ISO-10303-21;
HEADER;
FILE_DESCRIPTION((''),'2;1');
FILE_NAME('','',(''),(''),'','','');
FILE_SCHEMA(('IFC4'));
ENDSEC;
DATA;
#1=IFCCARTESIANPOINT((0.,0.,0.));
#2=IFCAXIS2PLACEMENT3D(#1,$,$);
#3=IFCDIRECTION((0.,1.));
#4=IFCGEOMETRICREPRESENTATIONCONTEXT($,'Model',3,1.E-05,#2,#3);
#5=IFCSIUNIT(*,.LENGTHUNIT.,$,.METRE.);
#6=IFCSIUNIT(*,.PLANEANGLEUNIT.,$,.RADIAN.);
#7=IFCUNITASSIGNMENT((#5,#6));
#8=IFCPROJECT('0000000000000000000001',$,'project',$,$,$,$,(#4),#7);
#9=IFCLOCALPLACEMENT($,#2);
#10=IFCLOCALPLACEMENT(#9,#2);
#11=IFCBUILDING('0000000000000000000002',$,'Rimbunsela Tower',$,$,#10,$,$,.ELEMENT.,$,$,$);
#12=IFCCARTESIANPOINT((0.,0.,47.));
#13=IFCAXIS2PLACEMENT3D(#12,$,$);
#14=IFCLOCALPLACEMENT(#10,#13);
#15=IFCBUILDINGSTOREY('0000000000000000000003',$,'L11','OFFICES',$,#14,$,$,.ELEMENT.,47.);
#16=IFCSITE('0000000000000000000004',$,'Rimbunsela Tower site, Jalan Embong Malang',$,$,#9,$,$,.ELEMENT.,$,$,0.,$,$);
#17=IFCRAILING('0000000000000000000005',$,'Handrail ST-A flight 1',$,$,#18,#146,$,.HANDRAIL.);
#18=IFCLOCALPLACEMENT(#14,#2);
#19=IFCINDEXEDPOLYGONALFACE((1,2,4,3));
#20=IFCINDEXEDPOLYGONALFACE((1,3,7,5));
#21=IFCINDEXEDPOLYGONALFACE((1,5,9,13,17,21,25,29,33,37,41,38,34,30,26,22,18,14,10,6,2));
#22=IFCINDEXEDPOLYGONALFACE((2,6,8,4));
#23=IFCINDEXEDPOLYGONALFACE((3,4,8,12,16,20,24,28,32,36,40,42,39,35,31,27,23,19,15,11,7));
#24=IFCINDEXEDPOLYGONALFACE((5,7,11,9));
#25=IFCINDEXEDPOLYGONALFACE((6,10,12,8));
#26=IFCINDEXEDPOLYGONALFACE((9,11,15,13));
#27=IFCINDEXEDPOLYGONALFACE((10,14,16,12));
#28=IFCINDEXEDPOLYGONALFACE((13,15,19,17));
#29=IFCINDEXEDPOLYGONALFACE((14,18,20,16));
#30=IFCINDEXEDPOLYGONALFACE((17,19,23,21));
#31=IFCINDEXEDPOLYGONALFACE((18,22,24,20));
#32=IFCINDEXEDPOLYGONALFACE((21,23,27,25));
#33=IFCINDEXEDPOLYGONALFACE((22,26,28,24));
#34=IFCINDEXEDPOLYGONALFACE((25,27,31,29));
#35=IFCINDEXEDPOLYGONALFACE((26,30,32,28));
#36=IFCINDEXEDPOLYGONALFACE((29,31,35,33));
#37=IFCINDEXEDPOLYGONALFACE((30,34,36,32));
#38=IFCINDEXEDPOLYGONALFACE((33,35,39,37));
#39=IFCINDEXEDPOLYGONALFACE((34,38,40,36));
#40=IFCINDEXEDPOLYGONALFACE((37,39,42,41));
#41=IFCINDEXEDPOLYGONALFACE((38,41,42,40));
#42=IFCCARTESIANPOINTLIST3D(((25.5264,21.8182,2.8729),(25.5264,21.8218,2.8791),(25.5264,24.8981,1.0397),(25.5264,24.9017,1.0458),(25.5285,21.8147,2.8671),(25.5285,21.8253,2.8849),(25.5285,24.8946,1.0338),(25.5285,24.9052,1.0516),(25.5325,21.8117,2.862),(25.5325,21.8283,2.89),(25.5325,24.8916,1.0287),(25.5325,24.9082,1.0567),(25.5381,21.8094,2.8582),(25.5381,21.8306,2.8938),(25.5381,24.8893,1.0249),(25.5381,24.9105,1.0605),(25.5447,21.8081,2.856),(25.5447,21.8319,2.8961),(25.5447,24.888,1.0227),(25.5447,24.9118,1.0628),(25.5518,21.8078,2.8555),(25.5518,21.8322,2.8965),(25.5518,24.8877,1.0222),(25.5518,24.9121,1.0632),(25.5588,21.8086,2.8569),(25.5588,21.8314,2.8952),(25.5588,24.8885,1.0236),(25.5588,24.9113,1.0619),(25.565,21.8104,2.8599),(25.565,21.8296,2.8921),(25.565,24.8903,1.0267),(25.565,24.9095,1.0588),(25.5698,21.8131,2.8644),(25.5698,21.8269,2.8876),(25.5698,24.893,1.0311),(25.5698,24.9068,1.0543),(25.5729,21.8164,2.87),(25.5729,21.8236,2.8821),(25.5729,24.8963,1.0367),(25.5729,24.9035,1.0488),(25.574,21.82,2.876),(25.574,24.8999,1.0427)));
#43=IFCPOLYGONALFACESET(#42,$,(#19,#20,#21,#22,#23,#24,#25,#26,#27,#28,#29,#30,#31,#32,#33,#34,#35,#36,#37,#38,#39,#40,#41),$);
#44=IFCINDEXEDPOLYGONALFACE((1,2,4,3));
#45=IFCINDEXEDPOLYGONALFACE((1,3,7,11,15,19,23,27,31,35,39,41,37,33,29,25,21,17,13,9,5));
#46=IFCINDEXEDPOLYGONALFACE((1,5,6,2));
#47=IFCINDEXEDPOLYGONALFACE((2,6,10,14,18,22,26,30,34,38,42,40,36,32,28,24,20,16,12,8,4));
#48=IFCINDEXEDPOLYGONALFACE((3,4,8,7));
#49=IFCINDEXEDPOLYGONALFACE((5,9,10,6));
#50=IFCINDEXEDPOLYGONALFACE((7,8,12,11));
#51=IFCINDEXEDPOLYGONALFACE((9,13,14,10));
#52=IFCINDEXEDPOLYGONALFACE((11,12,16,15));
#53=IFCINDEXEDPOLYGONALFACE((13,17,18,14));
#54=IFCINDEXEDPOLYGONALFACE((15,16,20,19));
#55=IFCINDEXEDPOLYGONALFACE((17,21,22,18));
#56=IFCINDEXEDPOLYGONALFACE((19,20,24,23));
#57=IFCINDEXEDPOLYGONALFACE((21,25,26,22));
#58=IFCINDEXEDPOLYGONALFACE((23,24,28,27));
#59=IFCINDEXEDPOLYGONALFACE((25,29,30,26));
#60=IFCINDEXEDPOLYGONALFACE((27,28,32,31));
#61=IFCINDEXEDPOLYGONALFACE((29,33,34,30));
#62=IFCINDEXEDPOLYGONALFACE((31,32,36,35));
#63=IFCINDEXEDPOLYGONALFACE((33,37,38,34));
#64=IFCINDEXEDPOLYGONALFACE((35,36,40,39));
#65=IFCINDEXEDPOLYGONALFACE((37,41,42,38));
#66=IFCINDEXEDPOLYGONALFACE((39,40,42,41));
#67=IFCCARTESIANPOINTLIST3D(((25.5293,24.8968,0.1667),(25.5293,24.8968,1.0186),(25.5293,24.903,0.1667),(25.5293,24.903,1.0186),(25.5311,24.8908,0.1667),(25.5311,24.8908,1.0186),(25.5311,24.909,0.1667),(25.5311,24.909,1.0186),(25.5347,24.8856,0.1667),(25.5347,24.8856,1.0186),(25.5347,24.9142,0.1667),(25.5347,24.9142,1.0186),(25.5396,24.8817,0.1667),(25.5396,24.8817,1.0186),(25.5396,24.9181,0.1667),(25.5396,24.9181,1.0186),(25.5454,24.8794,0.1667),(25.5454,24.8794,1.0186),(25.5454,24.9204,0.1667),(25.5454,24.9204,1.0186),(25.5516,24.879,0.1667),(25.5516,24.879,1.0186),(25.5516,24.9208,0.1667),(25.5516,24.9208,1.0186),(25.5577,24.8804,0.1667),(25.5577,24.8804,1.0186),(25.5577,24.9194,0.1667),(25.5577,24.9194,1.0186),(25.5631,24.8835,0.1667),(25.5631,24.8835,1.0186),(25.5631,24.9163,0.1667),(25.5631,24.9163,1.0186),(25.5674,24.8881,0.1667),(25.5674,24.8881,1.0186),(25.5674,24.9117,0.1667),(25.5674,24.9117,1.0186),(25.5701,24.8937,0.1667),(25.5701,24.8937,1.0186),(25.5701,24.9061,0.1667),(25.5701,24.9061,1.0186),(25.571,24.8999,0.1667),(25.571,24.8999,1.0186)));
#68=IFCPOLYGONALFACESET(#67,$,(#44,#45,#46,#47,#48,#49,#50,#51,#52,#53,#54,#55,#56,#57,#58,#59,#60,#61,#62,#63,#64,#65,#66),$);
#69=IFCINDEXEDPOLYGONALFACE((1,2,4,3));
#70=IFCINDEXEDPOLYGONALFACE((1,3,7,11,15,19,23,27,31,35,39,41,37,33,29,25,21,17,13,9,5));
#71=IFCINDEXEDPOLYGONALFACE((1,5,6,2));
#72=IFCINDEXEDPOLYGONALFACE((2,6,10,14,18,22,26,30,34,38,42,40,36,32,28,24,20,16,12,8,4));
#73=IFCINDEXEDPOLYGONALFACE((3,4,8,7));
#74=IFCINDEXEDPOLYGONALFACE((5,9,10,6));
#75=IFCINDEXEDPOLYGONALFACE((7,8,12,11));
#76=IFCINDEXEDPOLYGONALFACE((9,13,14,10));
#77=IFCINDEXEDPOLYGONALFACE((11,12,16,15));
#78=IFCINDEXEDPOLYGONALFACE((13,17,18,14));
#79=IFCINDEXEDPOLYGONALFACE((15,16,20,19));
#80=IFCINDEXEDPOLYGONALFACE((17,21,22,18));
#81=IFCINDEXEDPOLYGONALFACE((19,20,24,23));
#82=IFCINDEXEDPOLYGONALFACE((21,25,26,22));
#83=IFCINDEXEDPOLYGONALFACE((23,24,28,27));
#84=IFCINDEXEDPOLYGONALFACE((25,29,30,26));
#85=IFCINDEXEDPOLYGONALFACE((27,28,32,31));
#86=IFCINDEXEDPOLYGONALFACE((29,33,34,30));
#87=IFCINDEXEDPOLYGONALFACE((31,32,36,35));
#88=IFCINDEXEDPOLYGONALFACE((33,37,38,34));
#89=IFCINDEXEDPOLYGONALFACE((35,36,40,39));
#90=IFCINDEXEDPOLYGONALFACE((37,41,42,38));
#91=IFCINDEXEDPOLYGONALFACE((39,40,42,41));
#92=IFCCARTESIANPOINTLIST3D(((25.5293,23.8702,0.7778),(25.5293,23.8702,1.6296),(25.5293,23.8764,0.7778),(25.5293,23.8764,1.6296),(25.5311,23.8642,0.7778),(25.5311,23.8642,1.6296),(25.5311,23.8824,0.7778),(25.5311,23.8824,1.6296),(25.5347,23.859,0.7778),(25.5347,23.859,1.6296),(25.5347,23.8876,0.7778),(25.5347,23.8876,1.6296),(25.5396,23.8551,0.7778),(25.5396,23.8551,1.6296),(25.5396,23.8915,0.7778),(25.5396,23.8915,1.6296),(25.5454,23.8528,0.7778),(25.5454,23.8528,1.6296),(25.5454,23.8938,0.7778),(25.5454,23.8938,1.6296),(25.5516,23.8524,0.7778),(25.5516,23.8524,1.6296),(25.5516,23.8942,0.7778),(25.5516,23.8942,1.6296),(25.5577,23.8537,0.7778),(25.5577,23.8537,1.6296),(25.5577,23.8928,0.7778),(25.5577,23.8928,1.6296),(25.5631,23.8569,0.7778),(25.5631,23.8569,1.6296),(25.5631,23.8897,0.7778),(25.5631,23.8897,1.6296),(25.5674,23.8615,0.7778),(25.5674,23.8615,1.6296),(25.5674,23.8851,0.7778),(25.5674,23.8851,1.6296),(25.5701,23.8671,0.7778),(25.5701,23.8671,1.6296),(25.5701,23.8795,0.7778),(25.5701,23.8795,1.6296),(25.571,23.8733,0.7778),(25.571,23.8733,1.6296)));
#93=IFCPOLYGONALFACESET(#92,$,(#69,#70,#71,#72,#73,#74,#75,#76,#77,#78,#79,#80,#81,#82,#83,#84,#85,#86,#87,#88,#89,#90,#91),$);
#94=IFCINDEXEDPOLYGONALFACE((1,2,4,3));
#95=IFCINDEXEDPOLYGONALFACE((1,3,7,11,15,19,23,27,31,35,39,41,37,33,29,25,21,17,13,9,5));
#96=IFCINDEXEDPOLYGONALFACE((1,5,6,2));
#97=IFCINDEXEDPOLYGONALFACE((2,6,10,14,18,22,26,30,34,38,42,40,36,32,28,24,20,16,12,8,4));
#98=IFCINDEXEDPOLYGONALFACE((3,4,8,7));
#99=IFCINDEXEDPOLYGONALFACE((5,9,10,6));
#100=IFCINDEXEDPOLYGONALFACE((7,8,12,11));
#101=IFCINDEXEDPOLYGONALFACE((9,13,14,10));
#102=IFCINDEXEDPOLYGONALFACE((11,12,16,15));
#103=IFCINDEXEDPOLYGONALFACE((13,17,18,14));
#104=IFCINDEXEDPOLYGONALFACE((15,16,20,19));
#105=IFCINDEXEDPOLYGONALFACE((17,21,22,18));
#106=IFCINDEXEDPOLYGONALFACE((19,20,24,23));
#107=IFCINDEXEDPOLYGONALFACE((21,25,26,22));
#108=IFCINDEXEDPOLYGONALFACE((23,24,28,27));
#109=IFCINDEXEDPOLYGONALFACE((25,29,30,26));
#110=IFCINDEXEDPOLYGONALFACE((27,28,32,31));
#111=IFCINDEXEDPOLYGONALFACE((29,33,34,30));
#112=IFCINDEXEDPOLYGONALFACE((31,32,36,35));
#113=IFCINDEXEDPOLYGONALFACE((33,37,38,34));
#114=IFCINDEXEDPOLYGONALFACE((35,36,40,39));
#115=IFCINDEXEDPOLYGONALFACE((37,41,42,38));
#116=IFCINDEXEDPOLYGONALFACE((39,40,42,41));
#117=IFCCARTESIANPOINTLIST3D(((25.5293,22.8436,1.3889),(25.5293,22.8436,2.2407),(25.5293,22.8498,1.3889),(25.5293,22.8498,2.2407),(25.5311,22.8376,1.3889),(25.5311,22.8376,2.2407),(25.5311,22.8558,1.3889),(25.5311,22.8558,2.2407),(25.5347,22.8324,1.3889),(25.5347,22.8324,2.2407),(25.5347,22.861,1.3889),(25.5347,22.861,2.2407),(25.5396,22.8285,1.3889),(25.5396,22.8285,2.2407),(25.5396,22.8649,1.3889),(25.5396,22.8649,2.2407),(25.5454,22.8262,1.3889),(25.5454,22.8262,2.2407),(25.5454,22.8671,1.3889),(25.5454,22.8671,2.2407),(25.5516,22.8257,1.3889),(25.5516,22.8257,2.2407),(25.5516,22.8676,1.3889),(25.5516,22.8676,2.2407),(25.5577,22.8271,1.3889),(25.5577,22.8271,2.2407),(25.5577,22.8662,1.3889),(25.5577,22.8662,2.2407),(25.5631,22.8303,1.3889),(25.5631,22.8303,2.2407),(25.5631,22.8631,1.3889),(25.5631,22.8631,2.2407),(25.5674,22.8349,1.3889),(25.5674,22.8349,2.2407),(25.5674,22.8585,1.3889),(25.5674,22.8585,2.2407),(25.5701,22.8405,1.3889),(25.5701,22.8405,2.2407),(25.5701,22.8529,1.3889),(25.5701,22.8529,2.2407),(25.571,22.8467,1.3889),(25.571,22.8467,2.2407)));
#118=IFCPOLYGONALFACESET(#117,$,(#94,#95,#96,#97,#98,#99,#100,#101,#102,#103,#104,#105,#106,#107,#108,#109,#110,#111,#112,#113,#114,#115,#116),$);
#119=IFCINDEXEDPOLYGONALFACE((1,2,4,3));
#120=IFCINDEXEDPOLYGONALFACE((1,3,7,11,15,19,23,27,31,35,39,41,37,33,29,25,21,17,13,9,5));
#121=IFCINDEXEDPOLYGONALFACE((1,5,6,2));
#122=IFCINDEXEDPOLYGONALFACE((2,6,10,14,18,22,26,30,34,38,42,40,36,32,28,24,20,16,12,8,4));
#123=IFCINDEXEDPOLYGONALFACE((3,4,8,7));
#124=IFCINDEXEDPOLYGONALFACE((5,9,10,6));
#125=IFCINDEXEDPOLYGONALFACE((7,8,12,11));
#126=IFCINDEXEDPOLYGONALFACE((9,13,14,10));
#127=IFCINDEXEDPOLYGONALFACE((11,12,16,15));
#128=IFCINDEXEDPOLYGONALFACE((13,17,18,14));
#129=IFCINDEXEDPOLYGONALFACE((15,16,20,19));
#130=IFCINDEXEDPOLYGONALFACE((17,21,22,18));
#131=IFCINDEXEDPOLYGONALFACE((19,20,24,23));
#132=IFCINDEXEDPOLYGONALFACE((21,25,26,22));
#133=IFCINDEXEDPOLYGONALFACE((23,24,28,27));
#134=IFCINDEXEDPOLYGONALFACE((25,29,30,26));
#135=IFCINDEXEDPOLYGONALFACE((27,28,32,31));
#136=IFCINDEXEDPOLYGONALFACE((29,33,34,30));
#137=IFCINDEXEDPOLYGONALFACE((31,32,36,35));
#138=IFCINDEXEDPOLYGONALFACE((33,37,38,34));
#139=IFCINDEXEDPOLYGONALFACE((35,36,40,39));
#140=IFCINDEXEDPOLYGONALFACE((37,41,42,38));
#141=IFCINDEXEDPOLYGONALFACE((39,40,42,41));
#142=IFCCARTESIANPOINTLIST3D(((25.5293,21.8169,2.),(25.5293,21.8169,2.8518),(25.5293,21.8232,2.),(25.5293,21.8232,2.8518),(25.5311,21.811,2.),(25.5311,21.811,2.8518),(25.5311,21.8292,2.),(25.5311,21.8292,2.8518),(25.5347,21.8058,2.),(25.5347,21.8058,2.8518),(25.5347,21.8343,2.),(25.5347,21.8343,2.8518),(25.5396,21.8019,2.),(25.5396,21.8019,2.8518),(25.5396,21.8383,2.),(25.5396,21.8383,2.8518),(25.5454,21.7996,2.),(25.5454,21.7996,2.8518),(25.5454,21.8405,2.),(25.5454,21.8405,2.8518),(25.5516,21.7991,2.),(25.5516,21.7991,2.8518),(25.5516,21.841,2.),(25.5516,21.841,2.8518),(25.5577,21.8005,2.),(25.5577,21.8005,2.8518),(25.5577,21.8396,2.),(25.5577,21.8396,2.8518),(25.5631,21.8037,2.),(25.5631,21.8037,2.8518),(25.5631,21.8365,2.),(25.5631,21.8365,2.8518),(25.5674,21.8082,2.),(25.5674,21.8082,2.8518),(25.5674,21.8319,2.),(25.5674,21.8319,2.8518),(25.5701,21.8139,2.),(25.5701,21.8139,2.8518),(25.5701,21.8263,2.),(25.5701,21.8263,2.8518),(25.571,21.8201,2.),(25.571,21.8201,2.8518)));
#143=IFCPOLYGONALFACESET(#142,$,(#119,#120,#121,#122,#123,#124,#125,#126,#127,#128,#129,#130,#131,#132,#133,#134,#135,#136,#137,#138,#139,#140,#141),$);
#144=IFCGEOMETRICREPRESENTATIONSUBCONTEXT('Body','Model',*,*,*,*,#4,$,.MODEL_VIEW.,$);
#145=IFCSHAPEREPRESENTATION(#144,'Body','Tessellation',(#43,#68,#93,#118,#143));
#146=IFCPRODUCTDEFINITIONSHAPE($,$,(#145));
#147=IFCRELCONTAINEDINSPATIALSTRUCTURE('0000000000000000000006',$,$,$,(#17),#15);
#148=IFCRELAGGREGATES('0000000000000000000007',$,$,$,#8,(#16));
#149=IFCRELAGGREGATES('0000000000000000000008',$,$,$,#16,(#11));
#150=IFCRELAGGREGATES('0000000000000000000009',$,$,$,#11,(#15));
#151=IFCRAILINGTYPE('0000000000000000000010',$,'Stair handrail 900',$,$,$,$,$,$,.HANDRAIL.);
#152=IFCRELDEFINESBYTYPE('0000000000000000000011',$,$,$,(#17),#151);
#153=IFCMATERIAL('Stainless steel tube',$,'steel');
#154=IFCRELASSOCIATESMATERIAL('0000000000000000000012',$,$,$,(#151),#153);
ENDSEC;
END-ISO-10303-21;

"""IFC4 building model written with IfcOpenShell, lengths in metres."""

from ifc_helpers import new_model, si_unit, direction, frame, origin, origin_2d, place, context, subcontext, project, spatial, circle, extrude, material, type_object, element, save


model = new_model("IFC4")

# Units and contexts
model_context = context("Model", 3, precision=1e-05, world=origin(), true_north=direction((0.0, 1.0)))
body_context = subcontext(model_context, "Body", "Model", "MODEL_VIEW")
ifc_project = project(units=[si_unit("LENGTHUNIT", "METRE"), si_unit("PLANEANGLEUNIT", "RADIAN")], contexts=[model_context])

# Site, building, storey
site_placement = place(None, origin())
site = spatial("IfcSite", under=ifc_project, at=site_placement, Name="Rimbunsela Tower site, Jalan Embong Malang", CompositionType="ELEMENT", RefElevation=0.0)
building_placement = place(site_placement, origin())
building = spatial("IfcBuilding", under=site, at=building_placement, Name="Rimbunsela Tower", CompositionType="ELEMENT")
storey_placement = place(building_placement, frame((0.0, 0.0, 47.0)))
storey = spatial("IfcBuildingStorey", under=building, at=storey_placement, Name="L11", Description="OFFICES", CompositionType="ELEMENT", Elevation=47.0)

# Railing
ifc_material_1 = material(Name="Stainless steel tube", Category="steel")
railing_type = type_object("IfcRailingType", Name="Stair handrail 900", PredefinedType="HANDRAIL", material=ifc_material_1)
for number, where, name in (
    (1, (25.55, 24.8999, 0.1667), "Handrail ST-A flight 1"),
):
    element("IfcRailing", number, at=place(storey_placement, frame(where)), inside=storey, type_object=railing_type, Name=name, PredefinedType="HANDRAIL", context=body_context, shape_type="SweptSolid", body=[
        extrude(circle(Radius=0.0239, at=origin_2d()), frame((0.0, 0.0, 0.876), z_axis=(0.0, -0.859291, 0.511487), x_axis=(1.0, 0.0, 0.0)), (0.0, 0.0, 1.0), 3.5842),
        extrude(circle(Radius=0.021, at=origin_2d()), origin(), (0.0, 0.0, 1.0), 0.8518),
        extrude(circle(Radius=0.021, at=origin_2d()), frame((0.0, -1.0266, 0.6111)), (0.0, 0.0, 1.0), 0.8518),
        extrude(circle(Radius=0.021, at=origin_2d()), frame((0.0, -2.0532, 1.2222)), (0.0, 0.0, 1.0), 0.8518),
        extrude(circle(Radius=0.021, at=origin_2d()), frame((0.0, -3.0798, 1.8333)), (0.0, 0.0, 1.0), 0.8518),
    ])

save(model, "model.ifc")
